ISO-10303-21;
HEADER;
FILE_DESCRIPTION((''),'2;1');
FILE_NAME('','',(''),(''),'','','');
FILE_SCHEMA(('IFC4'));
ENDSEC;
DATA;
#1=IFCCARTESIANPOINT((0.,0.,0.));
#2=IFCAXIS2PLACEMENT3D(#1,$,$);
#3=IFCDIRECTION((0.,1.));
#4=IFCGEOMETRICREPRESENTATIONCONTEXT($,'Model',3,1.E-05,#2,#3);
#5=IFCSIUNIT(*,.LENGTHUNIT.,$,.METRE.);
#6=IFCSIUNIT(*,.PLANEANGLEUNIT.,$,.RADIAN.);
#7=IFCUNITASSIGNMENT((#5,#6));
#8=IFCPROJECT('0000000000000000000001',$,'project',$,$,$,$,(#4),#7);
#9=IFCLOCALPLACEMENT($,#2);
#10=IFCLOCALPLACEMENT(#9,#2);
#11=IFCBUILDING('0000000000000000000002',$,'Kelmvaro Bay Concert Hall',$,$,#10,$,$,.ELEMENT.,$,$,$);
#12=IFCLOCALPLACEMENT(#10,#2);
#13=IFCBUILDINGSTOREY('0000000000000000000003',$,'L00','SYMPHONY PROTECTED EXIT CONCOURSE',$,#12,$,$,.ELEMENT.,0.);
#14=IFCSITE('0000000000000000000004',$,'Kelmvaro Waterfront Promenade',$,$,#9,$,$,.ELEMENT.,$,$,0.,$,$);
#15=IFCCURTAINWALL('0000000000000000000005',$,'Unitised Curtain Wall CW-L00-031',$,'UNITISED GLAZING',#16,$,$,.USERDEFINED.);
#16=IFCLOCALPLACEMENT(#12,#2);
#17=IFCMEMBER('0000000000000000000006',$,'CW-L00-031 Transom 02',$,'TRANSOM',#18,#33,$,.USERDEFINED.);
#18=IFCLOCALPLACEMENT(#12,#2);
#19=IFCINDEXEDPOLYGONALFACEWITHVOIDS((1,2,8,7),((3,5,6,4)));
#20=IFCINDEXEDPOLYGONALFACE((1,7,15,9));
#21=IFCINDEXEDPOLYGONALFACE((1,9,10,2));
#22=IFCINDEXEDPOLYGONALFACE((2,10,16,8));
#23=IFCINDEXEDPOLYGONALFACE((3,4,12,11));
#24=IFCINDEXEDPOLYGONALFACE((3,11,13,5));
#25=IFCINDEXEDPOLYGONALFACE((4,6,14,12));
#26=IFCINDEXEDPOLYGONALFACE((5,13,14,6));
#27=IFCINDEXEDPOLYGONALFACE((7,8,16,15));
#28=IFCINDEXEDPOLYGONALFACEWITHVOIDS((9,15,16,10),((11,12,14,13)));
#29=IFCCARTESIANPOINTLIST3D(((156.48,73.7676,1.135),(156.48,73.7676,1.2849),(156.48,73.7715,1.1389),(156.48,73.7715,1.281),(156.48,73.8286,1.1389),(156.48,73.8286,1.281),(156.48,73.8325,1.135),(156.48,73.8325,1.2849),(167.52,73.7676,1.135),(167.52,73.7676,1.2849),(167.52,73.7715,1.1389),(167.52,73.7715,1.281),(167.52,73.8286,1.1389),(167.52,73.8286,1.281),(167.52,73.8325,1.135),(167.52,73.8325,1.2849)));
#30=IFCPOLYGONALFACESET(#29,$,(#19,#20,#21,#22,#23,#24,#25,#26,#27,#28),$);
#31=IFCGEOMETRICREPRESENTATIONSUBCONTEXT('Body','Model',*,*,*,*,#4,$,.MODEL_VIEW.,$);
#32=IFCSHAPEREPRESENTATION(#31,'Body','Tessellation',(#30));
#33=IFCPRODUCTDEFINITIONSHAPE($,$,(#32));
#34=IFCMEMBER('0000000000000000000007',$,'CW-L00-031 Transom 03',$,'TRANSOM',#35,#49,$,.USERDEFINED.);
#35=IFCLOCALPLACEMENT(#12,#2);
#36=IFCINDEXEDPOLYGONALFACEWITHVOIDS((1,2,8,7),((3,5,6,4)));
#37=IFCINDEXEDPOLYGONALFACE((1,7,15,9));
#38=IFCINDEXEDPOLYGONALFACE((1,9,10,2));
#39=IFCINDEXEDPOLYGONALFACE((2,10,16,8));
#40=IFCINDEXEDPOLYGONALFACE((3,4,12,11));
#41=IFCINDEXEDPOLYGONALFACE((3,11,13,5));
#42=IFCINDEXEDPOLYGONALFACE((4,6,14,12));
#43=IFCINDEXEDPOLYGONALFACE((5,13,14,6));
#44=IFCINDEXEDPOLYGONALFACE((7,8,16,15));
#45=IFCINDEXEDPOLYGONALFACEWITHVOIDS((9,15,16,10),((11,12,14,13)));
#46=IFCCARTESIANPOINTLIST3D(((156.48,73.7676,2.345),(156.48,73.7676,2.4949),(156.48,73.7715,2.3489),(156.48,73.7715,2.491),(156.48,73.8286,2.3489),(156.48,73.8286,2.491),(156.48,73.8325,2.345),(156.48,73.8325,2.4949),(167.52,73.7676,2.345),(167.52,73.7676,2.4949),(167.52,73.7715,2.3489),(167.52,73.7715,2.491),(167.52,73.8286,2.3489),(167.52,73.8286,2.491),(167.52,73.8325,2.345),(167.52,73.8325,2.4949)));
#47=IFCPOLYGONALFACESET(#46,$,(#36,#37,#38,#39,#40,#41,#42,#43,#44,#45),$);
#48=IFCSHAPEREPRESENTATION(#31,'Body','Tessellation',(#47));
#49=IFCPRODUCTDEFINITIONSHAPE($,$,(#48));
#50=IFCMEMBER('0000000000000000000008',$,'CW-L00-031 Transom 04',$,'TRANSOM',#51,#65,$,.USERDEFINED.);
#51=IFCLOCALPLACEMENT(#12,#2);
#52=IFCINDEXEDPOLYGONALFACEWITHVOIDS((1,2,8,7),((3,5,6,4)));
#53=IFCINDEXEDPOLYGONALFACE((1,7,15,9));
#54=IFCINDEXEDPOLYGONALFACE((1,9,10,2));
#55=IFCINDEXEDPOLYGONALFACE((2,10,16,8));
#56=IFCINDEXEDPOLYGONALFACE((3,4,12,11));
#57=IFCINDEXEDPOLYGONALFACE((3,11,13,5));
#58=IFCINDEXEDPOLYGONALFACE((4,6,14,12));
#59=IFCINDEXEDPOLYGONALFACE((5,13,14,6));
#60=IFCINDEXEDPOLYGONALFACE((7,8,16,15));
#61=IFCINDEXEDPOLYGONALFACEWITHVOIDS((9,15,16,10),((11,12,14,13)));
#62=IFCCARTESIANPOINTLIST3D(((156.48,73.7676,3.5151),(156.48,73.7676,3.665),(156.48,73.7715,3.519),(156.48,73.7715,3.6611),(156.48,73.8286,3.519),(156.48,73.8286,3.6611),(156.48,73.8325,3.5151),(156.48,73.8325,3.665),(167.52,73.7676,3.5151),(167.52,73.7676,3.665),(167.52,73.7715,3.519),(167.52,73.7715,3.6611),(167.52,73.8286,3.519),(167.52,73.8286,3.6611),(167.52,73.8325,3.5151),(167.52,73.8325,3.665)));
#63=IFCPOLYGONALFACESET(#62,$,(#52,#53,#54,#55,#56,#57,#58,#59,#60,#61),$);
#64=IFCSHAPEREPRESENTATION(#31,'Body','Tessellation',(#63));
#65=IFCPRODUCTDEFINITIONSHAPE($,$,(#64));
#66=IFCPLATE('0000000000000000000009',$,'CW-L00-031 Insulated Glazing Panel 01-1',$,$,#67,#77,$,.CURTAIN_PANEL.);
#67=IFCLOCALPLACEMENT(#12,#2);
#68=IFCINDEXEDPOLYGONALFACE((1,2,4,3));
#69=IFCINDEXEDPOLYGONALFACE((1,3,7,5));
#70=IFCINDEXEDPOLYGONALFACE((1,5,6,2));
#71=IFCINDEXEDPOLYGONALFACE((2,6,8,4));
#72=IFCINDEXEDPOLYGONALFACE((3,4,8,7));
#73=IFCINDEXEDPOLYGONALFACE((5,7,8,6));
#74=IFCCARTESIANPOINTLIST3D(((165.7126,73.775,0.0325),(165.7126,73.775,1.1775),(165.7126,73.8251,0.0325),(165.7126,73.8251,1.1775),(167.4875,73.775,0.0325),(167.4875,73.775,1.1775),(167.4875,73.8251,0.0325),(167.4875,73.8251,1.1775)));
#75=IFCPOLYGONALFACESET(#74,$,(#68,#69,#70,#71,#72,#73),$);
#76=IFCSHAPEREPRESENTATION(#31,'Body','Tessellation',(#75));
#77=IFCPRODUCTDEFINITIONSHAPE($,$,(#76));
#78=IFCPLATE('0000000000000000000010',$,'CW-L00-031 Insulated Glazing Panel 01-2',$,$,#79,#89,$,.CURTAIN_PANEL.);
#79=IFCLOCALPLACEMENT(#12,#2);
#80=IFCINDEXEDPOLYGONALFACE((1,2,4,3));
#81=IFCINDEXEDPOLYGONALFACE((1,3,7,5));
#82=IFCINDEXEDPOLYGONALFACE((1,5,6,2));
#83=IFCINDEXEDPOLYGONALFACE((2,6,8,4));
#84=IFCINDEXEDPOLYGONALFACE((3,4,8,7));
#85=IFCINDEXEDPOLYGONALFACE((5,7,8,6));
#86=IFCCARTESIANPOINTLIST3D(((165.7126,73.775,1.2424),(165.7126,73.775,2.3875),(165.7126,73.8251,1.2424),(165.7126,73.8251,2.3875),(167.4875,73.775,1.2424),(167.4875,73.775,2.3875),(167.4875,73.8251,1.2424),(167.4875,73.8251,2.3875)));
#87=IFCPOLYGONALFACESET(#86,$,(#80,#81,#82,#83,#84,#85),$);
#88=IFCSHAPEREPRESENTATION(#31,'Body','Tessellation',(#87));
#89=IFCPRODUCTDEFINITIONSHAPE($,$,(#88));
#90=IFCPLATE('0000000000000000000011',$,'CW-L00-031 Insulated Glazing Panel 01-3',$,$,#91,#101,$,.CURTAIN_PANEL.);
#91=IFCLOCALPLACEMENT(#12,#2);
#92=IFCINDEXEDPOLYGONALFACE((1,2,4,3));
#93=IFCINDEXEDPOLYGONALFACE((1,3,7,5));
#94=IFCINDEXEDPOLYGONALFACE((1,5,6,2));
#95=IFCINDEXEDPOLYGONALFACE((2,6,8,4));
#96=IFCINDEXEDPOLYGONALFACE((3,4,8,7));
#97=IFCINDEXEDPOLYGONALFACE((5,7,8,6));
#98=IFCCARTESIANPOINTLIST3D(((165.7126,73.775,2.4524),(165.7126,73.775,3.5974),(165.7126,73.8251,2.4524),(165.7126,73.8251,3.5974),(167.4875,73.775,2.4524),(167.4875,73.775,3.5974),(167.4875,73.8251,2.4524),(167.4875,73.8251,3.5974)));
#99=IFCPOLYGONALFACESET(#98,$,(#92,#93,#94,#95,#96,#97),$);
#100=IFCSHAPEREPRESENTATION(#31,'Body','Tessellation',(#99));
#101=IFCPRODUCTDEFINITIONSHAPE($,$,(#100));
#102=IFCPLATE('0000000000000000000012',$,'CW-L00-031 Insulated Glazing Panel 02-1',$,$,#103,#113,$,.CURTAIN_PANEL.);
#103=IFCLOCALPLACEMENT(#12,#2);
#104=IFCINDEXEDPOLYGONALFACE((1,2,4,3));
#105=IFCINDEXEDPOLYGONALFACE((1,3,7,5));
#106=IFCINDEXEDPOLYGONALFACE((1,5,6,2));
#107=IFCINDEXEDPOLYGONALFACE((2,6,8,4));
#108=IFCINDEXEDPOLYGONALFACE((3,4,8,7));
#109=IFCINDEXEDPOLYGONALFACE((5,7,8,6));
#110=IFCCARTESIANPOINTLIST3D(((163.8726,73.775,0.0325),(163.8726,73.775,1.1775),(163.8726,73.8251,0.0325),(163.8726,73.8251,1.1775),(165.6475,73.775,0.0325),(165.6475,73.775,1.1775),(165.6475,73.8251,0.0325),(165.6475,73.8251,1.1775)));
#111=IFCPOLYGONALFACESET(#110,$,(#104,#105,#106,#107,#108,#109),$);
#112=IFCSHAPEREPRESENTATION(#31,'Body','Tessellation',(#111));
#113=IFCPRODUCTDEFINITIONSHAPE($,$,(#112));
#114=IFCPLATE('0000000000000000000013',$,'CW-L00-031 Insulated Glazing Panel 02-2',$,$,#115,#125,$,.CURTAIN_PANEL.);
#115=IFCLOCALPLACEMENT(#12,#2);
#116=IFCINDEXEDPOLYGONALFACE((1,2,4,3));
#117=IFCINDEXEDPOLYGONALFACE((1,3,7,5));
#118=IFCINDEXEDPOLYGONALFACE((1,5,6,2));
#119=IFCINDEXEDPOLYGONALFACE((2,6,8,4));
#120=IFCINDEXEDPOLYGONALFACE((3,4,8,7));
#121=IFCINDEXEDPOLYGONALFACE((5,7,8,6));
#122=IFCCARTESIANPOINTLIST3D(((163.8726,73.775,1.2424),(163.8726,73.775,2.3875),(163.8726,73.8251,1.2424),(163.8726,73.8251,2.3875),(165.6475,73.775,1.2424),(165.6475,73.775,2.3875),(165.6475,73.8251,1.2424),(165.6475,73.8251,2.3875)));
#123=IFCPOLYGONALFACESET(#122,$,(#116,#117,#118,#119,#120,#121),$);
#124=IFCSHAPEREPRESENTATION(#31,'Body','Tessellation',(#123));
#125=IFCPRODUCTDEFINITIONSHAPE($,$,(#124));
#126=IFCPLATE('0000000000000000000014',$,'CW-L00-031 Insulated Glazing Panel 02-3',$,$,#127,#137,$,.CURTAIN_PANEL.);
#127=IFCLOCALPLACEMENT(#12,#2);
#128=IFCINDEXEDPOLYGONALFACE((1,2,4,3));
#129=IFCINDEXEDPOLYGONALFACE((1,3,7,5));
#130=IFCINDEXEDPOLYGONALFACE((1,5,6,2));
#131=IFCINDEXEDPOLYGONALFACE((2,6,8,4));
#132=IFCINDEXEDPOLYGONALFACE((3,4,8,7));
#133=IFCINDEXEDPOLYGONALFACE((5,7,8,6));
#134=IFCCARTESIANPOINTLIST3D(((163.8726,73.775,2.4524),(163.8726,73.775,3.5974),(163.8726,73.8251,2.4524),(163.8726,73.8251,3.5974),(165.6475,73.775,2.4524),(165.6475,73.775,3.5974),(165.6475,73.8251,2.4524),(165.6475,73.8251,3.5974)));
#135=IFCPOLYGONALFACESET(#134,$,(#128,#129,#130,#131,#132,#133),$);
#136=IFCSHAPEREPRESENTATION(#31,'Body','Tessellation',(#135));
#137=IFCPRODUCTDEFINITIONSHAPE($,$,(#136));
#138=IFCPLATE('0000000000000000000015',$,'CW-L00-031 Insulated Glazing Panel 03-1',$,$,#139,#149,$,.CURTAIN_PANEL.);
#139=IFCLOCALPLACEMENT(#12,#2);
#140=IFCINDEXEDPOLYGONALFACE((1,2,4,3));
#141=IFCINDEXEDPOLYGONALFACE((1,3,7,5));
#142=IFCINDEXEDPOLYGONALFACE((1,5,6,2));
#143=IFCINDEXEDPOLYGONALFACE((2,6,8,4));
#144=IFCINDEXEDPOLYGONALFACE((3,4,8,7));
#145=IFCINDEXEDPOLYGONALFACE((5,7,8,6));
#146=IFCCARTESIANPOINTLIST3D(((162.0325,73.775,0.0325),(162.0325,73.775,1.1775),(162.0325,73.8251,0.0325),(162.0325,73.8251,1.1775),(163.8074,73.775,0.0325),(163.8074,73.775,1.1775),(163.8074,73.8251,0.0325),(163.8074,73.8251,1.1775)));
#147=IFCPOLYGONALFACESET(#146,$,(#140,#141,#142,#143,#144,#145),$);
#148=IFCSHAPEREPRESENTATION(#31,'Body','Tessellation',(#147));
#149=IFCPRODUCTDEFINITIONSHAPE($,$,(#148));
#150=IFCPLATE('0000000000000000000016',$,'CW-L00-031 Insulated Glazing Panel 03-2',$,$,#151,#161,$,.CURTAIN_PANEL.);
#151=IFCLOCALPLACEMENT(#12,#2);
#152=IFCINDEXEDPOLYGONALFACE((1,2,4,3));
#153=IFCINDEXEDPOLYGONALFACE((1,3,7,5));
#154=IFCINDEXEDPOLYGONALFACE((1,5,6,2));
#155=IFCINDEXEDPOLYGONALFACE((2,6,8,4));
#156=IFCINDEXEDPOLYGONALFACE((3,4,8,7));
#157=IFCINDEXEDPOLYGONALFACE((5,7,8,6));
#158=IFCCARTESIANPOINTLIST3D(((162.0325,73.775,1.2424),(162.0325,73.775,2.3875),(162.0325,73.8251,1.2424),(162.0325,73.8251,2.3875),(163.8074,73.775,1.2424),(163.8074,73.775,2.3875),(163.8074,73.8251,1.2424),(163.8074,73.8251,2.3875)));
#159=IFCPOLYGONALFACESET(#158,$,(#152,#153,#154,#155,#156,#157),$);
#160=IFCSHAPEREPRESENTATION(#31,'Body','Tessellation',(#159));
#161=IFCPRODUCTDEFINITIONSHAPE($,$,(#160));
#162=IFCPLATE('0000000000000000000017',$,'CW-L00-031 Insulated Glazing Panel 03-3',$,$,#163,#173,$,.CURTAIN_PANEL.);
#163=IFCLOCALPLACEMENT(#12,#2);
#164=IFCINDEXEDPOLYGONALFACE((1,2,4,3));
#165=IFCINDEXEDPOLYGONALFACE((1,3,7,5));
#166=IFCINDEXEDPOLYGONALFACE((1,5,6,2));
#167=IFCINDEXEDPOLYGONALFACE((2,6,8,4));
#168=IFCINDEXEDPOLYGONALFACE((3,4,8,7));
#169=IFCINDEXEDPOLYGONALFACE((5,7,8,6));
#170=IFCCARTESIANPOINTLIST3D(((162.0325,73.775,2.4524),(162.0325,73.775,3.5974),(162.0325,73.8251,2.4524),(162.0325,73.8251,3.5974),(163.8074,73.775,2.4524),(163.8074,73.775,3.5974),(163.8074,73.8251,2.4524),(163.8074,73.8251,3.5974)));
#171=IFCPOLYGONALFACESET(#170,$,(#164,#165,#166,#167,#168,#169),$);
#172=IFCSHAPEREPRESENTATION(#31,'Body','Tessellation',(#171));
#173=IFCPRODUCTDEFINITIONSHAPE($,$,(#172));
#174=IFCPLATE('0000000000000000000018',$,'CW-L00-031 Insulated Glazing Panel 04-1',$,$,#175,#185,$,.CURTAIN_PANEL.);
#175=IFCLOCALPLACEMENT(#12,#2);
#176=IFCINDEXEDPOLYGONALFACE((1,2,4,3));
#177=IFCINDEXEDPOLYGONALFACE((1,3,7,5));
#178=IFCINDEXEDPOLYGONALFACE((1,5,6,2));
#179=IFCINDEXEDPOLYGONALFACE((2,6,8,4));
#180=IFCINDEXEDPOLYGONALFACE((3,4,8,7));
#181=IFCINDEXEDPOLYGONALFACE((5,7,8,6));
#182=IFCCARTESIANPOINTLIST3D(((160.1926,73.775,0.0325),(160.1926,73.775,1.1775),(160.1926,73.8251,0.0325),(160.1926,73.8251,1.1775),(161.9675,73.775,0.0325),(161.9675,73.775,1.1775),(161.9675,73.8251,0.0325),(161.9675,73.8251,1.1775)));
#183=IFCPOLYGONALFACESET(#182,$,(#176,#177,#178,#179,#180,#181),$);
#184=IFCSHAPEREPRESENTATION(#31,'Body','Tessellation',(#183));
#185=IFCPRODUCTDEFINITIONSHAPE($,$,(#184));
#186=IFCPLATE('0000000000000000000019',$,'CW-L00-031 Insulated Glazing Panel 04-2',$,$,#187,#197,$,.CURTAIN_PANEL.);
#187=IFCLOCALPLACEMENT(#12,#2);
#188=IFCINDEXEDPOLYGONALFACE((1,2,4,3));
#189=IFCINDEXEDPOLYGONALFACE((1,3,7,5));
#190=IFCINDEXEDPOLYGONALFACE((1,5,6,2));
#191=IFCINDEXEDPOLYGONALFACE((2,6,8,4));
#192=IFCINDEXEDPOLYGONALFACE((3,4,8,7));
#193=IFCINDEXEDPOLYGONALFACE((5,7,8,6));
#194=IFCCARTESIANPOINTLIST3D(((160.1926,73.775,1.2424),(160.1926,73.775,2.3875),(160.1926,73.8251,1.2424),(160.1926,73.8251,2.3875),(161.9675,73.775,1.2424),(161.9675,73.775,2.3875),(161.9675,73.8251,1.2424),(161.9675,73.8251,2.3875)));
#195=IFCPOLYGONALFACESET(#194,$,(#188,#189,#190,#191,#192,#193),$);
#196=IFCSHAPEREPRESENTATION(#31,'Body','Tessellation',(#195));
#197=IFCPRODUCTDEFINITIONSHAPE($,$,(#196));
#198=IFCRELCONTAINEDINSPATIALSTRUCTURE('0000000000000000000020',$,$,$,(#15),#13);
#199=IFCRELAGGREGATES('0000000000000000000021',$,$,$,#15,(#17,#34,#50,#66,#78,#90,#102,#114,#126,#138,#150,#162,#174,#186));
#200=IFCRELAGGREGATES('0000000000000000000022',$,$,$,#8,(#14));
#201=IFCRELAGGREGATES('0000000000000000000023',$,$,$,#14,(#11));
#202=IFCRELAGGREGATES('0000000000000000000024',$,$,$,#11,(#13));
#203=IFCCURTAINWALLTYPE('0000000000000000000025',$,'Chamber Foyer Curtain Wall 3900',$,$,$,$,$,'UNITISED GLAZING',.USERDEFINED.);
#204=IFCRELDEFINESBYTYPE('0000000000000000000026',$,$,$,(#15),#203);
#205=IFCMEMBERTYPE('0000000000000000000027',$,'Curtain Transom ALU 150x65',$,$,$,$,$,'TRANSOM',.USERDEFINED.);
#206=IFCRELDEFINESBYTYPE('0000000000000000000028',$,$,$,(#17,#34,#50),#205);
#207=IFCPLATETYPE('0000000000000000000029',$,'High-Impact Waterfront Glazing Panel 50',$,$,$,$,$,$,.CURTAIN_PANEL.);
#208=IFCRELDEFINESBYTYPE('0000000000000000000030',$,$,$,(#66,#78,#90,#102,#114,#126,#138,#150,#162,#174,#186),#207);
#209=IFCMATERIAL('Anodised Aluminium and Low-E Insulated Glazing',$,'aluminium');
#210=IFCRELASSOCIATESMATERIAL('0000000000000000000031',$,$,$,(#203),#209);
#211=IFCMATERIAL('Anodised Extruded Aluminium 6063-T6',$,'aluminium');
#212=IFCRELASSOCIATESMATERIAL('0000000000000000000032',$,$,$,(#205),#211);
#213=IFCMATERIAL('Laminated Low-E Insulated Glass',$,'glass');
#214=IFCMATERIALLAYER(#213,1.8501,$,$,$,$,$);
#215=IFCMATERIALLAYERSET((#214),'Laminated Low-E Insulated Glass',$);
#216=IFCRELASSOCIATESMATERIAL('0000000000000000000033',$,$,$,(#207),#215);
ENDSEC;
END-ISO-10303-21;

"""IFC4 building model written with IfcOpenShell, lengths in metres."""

from ifc_helpers import new_model, si_unit, direction, frame, origin, origin_2d, place, context, subcontext, project, spatial, rectangle, hollow_rectangle, extrude, material, layer, layer_set, material_profile, profile_set, type_object, element, aggregate, save


model = new_model("IFC4")

# Units and contexts
model_context = context("Model", 3, precision=1e-05, world=origin(), true_north=direction((0.0, 1.0)))
body_context = subcontext(model_context, "Body", "Model", "MODEL_VIEW")
ifc_project = project(units=[si_unit("LENGTHUNIT", "METRE"), si_unit("PLANEANGLEUNIT", "RADIAN")], contexts=[model_context])

# Site, building, storey
site_placement = place(None, origin())
site = spatial("IfcSite", under=ifc_project, at=site_placement, Name="Kelmvaro Waterfront Promenade", CompositionType="ELEMENT", RefElevation=0.0)
building_placement = place(site_placement, origin())
building = spatial("IfcBuilding", under=site, at=building_placement, Name="Kelmvaro Bay Concert Hall", CompositionType="ELEMENT")
storey_placement = place(building_placement, origin())
storey = spatial("IfcBuildingStorey", under=building, at=storey_placement, Name="L00", Description="SYMPHONY PROTECTED EXIT CONCOURSE", CompositionType="ELEMENT", Elevation=0.0)

# Curtain wall, members, plates
ifc_material_1 = material(Name="Anodised Aluminium and Low-E Insulated Glazing", Category="aluminium")
curtain_wall_type = type_object("IfcCurtainWallType", Name="Chamber Foyer Curtain Wall 3900", ElementType="UNITISED GLAZING", PredefinedType="USERDEFINED", material=ifc_material_1)
curtain_wall_placement = place(storey_placement, origin())
curtain_wall = element("IfcCurtainWall", 1, at=curtain_wall_placement, inside=storey, type_object=curtain_wall_type, Name="Unitised Curtain Wall CW-L00-031", ObjectType="UNITISED GLAZING", PredefinedType="USERDEFINED")
ifc_material_2 = material(Name="Anodised Extruded Aluminium 6063-T6", Category="aluminium")
ifc_material_profile_1 = material_profile(ifc_material_2, hollow_rectangle(XDim=0.0649, YDim=0.1499, WallThickness=0.0039, at=origin_2d()), Name="ALU-TRN-150X65")
ifc_profile_set_1 = profile_set([ifc_material_profile_1], Name="Anodised Extruded Aluminium 6063-T6")
member_type_1 = type_object("IfcMemberType", Name="Curtain Transom ALU 150x65", ElementType="TRANSOM", PredefinedType="USERDEFINED", material=ifc_profile_set_1)
member_1_placement = place(storey_placement, frame((167.52, 73.8, 1.21), z_axis=(-1.0, 0.0, 0.0), x_axis=(0.0, -1.0, 0.0)))
member_1 = element("IfcMember", 2, at=member_1_placement, type_object=member_type_1, Name="CW-L00-031 Transom 02", ObjectType="TRANSOM", PredefinedType="USERDEFINED", context=body_context, shape_type="SweptSolid", body=[
    extrude(hollow_rectangle(XDim=0.0649, YDim=0.1499, WallThickness=0.0039, at=origin_2d()), origin(), (0.0, 0.0, 1.0), 11.04),
])
member_2_placement = place(storey_placement, frame((167.52, 73.8, 2.4199), z_axis=(-1.0, 0.0, 0.0), x_axis=(0.0, -1.0, 0.0)))
member_2 = element("IfcMember", 3, at=member_2_placement, type_object=member_type_1, Name="CW-L00-031 Transom 03", ObjectType="TRANSOM", PredefinedType="USERDEFINED", context=body_context, shape_type="SweptSolid", body=[
    extrude(hollow_rectangle(XDim=0.0649, YDim=0.1499, WallThickness=0.0039, at=origin_2d()), origin(), (0.0, 0.0, 1.0), 11.04),
])
member_3_placement = place(storey_placement, frame((167.52, 73.8, 3.5901), z_axis=(-1.0, 0.0, 0.0), x_axis=(0.0, -1.0, 0.0)))
member_3 = element("IfcMember", 4, at=member_3_placement, type_object=member_type_1, Name="CW-L00-031 Transom 04", ObjectType="TRANSOM", PredefinedType="USERDEFINED", context=body_context, shape_type="SweptSolid", body=[
    extrude(hollow_rectangle(XDim=0.0649, YDim=0.1499, WallThickness=0.0039, at=origin_2d()), origin(), (0.0, 0.0, 1.0), 11.04),
])
ifc_material_3 = material(Name="Laminated Low-E Insulated Glass", Category="glass")
ifc_layer = layer(ifc_material_3, 1.8501)
ifc_layer_set = layer_set([ifc_layer], Name="Laminated Low-E Insulated Glass")
plate_type = type_object("IfcPlateType", Name="High-Impact Waterfront Glazing Panel 50", PredefinedType="CURTAIN_PANEL", material=ifc_layer_set)
plate_1_placement = place(storey_placement, frame((166.6001, 73.8, 0.0325), z_axis=(0.0, 0.0, 1.0), x_axis=(-1.0, 0.0, 0.0)))
plate_1 = element("IfcPlate", 5, at=plate_1_placement, type_object=plate_type, Name="CW-L00-031 Insulated Glazing Panel 01-1", PredefinedType="CURTAIN_PANEL", context=body_context, shape_type="SweptSolid", body=[
    extrude(rectangle(XDim=1.7749, YDim=0.05, at=origin_2d()), origin(), (0.0, 0.0, 1.0), 1.145),
])
plate_2_placement = place(storey_placement, frame((166.6001, 73.8, 1.2424), z_axis=(0.0, 0.0, 1.0), x_axis=(-1.0, 0.0, 0.0)))
plate_2 = element("IfcPlate", 6, at=plate_2_placement, type_object=plate_type, Name="CW-L00-031 Insulated Glazing Panel 01-2", PredefinedType="CURTAIN_PANEL", context=body_context, shape_type="SweptSolid", body=[
    extrude(rectangle(XDim=1.7749, YDim=0.05, at=origin_2d()), origin(), (0.0, 0.0, 1.0), 1.145),
])
plate_3_placement = place(storey_placement, frame((166.6001, 73.8, 2.4524), z_axis=(0.0, 0.0, 1.0), x_axis=(-1.0, 0.0, 0.0)))
plate_3 = element("IfcPlate", 7, at=plate_3_placement, type_object=plate_type, Name="CW-L00-031 Insulated Glazing Panel 01-3", PredefinedType="CURTAIN_PANEL", context=body_context, shape_type="SweptSolid", body=[
    extrude(rectangle(XDim=1.7749, YDim=0.05, at=origin_2d()), origin(), (0.0, 0.0, 1.0), 1.145),
])
plate_4_placement = place(storey_placement, frame((164.76, 73.8, 0.0325), z_axis=(0.0, 0.0, 1.0), x_axis=(-1.0, 0.0, 0.0)))
plate_4 = element("IfcPlate", 8, at=plate_4_placement, type_object=plate_type, Name="CW-L00-031 Insulated Glazing Panel 02-1", PredefinedType="CURTAIN_PANEL", context=body_context, shape_type="SweptSolid", body=[
    extrude(rectangle(XDim=1.7749, YDim=0.05, at=origin_2d()), origin(), (0.0, 0.0, 1.0), 1.145),
])
plate_5_placement = place(storey_placement, frame((164.76, 73.8, 1.2424), z_axis=(0.0, 0.0, 1.0), x_axis=(-1.0, 0.0, 0.0)))
plate_5 = element("IfcPlate", 9, at=plate_5_placement, type_object=plate_type, Name="CW-L00-031 Insulated Glazing Panel 02-2", PredefinedType="CURTAIN_PANEL", context=body_context, shape_type="SweptSolid", body=[
    extrude(rectangle(XDim=1.7749, YDim=0.05, at=origin_2d()), origin(), (0.0, 0.0, 1.0), 1.145),
])
plate_6_placement = place(storey_placement, frame((164.76, 73.8, 2.4524), z_axis=(0.0, 0.0, 1.0), x_axis=(-1.0, 0.0, 0.0)))
plate_6 = element("IfcPlate", 10, at=plate_6_placement, type_object=plate_type, Name="CW-L00-031 Insulated Glazing Panel 02-3", PredefinedType="CURTAIN_PANEL", context=body_context, shape_type="SweptSolid", body=[
    extrude(rectangle(XDim=1.7749, YDim=0.05, at=origin_2d()), origin(), (0.0, 0.0, 1.0), 1.145),
])
plate_7_placement = place(storey_placement, frame((162.9199, 73.8, 0.0325), z_axis=(0.0, 0.0, 1.0), x_axis=(-1.0, 0.0, 0.0)))
plate_7 = element("IfcPlate", 11, at=plate_7_placement, type_object=plate_type, Name="CW-L00-031 Insulated Glazing Panel 03-1", PredefinedType="CURTAIN_PANEL", context=body_context, shape_type="SweptSolid", body=[
    extrude(rectangle(XDim=1.7749, YDim=0.05, at=origin_2d()), origin(), (0.0, 0.0, 1.0), 1.145),
])
plate_8_placement = place(storey_placement, frame((162.9199, 73.8, 1.2424), z_axis=(0.0, 0.0, 1.0), x_axis=(-1.0, 0.0, 0.0)))
plate_8 = element("IfcPlate", 12, at=plate_8_placement, type_object=plate_type, Name="CW-L00-031 Insulated Glazing Panel 03-2", PredefinedType="CURTAIN_PANEL", context=body_context, shape_type="SweptSolid", body=[
    extrude(rectangle(XDim=1.7749, YDim=0.05, at=origin_2d()), origin(), (0.0, 0.0, 1.0), 1.145),
])
plate_9_placement = place(storey_placement, frame((162.9199, 73.8, 2.4524), z_axis=(0.0, 0.0, 1.0), x_axis=(-1.0, 0.0, 0.0)))
plate_9 = element("IfcPlate", 13, at=plate_9_placement, type_object=plate_type, Name="CW-L00-031 Insulated Glazing Panel 03-3", PredefinedType="CURTAIN_PANEL", context=body_context, shape_type="SweptSolid", body=[
    extrude(rectangle(XDim=1.7749, YDim=0.05, at=origin_2d()), origin(), (0.0, 0.0, 1.0), 1.145),
])
plate_10_placement = place(storey_placement, frame((161.0801, 73.8, 0.0325), z_axis=(0.0, 0.0, 1.0), x_axis=(-1.0, 0.0, 0.0)))
plate_10 = element("IfcPlate", 14, at=plate_10_placement, type_object=plate_type, Name="CW-L00-031 Insulated Glazing Panel 04-1", PredefinedType="CURTAIN_PANEL", context=body_context, shape_type="SweptSolid", body=[
    extrude(rectangle(XDim=1.7749, YDim=0.05, at=origin_2d()), origin(), (0.0, 0.0, 1.0), 1.145),
])
plate_11_placement = place(storey_placement, frame((161.0801, 73.8, 1.2424), z_axis=(0.0, 0.0, 1.0), x_axis=(-1.0, 0.0, 0.0)))
plate_11 = element("IfcPlate", 15, at=plate_11_placement, type_object=plate_type, Name="CW-L00-031 Insulated Glazing Panel 04-2", PredefinedType="CURTAIN_PANEL", context=body_context, shape_type="SweptSolid", body=[
    extrude(rectangle(XDim=1.7749, YDim=0.05, at=origin_2d()), origin(), (0.0, 0.0, 1.0), 1.145),
])
aggregate(curtain_wall, [member_1, member_2, member_3, plate_1, plate_2, plate_3, plate_4, plate_5, plate_6, plate_7, plate_8, plate_9, plate_10, plate_11])

save(model, "model.ifc")
